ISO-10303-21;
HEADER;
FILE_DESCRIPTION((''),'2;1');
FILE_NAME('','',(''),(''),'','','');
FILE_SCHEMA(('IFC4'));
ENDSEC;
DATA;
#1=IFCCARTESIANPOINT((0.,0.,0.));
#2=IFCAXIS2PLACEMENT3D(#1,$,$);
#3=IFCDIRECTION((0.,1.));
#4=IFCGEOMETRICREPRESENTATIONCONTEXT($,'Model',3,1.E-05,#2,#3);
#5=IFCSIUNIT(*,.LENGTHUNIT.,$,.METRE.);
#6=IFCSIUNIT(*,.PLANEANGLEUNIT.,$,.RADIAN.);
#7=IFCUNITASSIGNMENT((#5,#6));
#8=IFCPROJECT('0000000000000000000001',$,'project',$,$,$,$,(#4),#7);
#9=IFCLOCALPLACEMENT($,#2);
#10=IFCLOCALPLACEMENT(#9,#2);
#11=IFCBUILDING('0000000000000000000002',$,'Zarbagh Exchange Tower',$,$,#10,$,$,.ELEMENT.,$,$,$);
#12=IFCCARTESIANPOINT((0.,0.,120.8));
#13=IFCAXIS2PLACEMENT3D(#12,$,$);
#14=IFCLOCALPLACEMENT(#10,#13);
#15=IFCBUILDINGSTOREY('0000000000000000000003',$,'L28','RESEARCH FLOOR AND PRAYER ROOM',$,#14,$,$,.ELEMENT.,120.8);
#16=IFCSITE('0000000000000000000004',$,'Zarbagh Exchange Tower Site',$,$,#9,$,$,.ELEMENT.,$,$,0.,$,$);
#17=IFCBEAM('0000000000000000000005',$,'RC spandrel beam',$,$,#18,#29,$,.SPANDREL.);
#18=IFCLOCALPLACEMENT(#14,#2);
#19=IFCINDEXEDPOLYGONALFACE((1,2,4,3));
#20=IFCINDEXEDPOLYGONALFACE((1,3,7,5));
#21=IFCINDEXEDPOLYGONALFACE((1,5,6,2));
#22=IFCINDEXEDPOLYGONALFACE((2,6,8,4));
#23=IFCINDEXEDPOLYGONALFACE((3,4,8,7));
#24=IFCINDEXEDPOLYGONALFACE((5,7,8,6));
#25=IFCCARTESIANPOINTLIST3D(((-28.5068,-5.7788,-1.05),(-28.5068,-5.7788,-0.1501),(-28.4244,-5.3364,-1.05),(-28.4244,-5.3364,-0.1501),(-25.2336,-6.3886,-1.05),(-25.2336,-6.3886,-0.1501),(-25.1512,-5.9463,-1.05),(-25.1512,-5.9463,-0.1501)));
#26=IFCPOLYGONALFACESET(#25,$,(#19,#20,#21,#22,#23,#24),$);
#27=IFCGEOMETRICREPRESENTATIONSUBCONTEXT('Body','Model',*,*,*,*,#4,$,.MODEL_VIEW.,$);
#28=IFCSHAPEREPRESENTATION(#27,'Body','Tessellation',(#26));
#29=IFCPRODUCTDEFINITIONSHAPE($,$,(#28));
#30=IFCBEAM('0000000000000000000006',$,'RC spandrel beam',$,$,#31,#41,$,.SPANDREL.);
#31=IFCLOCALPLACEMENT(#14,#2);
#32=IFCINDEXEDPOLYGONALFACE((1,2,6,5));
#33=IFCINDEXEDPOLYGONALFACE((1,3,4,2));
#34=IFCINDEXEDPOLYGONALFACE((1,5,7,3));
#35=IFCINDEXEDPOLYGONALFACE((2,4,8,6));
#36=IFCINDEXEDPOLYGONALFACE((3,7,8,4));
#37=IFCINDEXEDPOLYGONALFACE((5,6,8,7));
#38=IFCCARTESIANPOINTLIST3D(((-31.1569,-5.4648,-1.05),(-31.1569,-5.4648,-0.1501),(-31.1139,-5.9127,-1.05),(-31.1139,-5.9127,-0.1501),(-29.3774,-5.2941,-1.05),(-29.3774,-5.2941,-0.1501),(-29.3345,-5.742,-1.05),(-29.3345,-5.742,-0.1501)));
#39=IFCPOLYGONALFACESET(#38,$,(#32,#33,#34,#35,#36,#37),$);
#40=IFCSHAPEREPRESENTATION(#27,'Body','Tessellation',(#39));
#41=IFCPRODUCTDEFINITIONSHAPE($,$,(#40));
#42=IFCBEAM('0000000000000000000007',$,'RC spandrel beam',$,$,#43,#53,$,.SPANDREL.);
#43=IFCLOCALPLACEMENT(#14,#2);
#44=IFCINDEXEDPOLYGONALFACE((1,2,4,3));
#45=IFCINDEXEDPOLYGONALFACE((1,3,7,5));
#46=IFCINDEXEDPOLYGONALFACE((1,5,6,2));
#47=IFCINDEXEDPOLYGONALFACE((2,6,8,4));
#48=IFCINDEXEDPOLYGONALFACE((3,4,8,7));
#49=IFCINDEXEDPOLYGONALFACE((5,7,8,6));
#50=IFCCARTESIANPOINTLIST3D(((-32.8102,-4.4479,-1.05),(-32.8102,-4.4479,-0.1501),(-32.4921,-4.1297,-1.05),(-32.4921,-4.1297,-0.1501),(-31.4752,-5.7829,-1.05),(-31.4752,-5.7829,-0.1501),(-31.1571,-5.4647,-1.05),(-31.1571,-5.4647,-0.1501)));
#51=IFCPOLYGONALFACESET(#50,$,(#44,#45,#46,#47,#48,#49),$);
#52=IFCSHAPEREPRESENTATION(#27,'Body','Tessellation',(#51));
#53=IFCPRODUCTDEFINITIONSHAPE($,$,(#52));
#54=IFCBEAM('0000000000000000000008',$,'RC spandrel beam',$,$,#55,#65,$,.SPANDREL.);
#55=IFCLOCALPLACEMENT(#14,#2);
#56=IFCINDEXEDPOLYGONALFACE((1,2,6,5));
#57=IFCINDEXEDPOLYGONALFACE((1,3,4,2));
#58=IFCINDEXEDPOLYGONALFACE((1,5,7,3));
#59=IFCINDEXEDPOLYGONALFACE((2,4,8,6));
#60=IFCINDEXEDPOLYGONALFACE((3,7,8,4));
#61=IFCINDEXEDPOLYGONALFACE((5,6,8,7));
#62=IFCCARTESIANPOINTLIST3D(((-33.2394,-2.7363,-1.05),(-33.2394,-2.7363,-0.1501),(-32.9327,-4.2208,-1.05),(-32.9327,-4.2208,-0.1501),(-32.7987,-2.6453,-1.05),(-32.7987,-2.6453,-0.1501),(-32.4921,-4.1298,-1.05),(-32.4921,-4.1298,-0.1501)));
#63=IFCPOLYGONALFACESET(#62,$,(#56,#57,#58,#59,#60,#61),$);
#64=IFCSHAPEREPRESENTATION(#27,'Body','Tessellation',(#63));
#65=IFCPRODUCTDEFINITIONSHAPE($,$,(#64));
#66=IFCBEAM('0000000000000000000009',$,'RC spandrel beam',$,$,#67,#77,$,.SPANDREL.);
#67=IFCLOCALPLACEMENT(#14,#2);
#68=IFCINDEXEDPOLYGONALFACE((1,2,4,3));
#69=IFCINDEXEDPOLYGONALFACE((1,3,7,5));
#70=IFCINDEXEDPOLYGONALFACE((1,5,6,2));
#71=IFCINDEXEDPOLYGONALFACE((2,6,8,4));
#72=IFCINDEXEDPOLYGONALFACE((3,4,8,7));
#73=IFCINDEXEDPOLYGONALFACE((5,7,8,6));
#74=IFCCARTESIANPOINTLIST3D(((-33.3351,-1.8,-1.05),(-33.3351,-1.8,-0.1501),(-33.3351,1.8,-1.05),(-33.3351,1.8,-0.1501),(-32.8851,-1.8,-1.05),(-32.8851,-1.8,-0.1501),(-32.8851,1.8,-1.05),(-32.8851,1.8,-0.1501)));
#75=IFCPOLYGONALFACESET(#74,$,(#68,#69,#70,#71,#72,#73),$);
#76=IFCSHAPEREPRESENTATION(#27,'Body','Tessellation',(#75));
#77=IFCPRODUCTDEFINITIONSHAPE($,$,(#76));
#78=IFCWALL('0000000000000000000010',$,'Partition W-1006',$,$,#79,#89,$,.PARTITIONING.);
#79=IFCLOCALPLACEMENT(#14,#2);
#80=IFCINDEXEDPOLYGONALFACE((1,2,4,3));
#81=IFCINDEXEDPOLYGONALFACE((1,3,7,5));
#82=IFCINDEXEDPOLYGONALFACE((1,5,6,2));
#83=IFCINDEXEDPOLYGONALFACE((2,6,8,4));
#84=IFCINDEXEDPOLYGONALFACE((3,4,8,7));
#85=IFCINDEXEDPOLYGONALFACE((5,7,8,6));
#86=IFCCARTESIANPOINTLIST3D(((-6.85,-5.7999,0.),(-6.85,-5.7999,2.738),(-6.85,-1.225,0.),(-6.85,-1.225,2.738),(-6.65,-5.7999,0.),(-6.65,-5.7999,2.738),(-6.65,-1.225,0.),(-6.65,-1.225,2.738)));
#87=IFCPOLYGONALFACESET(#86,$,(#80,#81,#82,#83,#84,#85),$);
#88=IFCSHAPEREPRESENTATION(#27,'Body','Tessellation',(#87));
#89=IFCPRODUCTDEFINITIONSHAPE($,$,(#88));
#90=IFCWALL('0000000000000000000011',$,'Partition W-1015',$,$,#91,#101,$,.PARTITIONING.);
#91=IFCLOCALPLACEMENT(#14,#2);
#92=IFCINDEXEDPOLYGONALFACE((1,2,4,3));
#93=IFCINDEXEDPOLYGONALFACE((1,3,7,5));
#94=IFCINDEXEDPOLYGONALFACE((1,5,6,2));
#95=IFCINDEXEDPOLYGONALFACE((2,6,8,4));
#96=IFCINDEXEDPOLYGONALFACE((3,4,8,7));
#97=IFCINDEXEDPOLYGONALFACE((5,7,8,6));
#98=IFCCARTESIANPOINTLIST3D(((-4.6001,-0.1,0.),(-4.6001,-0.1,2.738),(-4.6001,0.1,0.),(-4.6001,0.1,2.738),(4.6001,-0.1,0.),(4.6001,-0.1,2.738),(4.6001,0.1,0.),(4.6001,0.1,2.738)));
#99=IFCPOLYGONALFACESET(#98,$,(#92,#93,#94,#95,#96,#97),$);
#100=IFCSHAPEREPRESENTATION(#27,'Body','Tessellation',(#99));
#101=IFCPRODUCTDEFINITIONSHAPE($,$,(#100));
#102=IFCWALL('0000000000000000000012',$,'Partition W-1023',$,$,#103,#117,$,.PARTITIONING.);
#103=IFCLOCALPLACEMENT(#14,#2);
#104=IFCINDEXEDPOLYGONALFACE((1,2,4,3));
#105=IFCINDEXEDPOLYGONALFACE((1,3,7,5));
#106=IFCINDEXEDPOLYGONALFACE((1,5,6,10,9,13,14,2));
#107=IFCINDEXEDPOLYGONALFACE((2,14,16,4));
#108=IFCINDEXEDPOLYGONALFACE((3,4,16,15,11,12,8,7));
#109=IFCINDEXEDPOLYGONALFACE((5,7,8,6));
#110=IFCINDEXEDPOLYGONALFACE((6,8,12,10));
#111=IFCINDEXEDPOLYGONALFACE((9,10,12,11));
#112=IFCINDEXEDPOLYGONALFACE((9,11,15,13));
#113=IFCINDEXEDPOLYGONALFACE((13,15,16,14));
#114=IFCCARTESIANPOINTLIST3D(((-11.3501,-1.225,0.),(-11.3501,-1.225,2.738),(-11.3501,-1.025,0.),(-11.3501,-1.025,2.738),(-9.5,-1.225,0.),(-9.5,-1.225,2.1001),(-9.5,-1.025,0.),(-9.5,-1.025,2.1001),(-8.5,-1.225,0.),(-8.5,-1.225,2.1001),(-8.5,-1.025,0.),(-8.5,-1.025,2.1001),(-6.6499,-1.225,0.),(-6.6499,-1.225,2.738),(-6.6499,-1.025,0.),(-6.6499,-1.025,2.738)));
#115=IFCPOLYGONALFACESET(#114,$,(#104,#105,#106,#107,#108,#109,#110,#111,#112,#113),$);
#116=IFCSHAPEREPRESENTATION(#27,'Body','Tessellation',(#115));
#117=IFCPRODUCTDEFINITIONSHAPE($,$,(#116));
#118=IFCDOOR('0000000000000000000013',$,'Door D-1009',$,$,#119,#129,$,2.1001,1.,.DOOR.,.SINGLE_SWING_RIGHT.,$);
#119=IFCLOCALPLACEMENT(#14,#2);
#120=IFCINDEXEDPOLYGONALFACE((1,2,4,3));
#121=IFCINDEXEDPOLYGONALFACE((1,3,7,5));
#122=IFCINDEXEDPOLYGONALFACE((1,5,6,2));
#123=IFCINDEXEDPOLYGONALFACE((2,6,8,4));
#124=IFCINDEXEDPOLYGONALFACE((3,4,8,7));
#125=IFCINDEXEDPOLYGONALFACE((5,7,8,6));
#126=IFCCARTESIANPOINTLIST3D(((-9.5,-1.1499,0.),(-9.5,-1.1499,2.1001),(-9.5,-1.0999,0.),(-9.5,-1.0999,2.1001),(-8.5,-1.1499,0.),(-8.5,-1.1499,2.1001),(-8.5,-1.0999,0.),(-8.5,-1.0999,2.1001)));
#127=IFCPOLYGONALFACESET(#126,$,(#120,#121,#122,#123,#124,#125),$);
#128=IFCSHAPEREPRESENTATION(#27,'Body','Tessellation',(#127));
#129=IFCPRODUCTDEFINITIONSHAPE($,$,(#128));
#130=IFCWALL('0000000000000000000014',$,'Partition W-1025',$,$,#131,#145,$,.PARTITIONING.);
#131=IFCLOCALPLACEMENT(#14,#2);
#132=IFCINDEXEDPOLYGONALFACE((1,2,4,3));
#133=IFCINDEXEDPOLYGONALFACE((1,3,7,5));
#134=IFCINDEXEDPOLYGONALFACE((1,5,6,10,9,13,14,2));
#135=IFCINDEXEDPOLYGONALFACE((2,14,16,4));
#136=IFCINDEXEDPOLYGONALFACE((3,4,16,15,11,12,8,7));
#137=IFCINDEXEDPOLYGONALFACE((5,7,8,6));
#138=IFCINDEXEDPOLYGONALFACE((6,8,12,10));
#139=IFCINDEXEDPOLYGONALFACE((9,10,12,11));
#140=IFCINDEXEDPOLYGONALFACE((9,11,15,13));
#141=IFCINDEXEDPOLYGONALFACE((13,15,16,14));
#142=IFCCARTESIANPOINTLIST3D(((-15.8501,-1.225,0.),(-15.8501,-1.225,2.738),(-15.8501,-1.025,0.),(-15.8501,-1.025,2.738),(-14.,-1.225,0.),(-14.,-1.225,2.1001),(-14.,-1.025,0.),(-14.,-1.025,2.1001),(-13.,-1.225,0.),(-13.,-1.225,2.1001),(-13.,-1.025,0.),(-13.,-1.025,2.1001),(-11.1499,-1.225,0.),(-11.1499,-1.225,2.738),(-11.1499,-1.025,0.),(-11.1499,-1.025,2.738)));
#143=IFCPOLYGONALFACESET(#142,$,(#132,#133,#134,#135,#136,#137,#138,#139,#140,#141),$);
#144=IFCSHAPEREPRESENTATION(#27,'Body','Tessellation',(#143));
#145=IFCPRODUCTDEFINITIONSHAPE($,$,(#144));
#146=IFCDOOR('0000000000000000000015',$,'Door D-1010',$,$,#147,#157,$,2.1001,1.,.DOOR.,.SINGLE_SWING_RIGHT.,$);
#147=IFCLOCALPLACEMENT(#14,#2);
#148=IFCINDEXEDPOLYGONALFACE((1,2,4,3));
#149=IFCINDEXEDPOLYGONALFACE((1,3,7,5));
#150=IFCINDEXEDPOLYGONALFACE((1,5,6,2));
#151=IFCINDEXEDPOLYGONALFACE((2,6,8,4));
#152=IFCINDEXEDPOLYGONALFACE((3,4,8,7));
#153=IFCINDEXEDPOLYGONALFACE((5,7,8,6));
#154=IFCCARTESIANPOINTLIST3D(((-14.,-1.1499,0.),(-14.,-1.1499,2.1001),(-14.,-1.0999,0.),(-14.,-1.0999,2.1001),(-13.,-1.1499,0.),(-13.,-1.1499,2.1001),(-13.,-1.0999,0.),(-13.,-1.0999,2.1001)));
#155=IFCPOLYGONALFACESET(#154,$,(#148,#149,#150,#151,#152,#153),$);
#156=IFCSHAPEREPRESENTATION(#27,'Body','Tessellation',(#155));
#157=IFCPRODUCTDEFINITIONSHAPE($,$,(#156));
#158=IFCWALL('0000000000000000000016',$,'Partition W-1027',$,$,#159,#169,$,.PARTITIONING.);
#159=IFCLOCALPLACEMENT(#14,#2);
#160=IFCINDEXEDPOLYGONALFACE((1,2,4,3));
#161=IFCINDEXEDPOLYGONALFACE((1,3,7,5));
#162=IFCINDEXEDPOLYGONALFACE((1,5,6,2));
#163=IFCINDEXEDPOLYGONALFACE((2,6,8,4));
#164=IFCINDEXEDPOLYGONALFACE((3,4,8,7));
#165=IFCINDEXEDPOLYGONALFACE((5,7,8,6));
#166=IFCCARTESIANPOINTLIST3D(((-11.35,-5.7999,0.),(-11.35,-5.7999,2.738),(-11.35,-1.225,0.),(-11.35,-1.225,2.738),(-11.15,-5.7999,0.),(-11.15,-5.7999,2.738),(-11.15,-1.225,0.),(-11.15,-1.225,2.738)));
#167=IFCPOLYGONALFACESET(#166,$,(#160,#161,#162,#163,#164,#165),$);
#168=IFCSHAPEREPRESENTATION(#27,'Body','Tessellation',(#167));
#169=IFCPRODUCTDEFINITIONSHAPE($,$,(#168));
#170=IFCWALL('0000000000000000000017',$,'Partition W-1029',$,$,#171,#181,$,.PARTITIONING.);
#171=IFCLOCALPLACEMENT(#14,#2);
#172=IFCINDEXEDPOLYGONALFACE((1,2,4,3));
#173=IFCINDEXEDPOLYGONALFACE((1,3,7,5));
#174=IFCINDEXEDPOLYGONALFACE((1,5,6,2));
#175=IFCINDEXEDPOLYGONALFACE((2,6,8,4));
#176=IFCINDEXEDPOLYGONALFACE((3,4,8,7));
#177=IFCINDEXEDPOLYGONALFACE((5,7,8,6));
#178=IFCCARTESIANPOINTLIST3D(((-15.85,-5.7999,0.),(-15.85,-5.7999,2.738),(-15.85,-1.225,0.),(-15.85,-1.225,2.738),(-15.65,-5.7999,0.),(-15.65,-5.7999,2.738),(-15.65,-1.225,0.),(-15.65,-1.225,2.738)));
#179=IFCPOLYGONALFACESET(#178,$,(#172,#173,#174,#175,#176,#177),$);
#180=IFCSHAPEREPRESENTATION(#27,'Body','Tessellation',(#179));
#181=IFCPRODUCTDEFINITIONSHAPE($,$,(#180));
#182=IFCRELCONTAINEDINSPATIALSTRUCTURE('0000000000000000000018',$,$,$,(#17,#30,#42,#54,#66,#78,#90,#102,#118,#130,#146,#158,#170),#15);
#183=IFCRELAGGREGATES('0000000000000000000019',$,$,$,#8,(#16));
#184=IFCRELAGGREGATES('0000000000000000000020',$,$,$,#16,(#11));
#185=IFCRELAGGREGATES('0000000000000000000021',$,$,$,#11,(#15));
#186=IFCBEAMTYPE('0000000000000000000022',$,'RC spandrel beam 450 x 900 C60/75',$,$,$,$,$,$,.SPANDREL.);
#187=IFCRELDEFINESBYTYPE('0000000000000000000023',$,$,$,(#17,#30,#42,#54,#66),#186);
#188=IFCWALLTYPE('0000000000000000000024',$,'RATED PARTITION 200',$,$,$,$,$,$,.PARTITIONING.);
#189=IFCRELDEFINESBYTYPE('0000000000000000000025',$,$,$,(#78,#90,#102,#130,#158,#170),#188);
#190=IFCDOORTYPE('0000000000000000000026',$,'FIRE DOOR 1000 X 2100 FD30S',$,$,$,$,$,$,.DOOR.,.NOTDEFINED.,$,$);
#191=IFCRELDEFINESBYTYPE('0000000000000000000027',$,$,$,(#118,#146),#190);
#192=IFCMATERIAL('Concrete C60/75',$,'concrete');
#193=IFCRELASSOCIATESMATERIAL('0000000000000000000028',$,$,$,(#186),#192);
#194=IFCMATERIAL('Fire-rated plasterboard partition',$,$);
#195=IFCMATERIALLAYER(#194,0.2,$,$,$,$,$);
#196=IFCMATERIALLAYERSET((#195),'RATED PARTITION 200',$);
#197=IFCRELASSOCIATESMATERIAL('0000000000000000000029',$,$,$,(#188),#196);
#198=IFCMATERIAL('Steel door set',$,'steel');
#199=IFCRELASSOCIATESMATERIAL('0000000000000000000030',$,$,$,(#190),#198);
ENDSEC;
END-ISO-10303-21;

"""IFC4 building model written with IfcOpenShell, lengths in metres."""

from ifc_helpers import new_model, si_unit, direction, frame, frame_2d, origin, origin_2d, place, context, subcontext, project, spatial, rectangle, extrude, material, layer, layer_set, material_profile, profile_set, type_object, element, fill, save


model = new_model("IFC4")

# Units and contexts
model_context = context("Model", 3, precision=1e-05, world=origin(), true_north=direction((0.0, 1.0)))
body_context = subcontext(model_context, "Body", "Model", "MODEL_VIEW")
ifc_project = project(units=[si_unit("LENGTHUNIT", "METRE"), si_unit("PLANEANGLEUNIT", "RADIAN")], contexts=[model_context])

# Site, building, storey
site_placement = place(None, origin())
site = spatial("IfcSite", under=ifc_project, at=site_placement, Name="Zarbagh Exchange Tower Site", CompositionType="ELEMENT", RefElevation=0.0)
building_placement = place(site_placement, origin())
building = spatial("IfcBuilding", under=site, at=building_placement, Name="Zarbagh Exchange Tower", CompositionType="ELEMENT")
storey_placement = place(building_placement, frame((0.0, 0.0, 120.8)))
storey = spatial("IfcBuildingStorey", under=building, at=storey_placement, Name="L28", Description="RESEARCH FLOOR AND PRAYER ROOM", CompositionType="ELEMENT", Elevation=120.8)

# Shared definitions
ifc_material_1 = material(Name="Concrete C60/75", Category="concrete")

# Beams
ifc_material_profile_1 = material_profile(ifc_material_1, rectangle(XDim=0.45, YDim=0.8999, at=origin_2d()), Name="RC spandrel beam 450 x 900 C60/75")
ifc_profile_set_1 = profile_set([ifc_material_profile_1], Name="Concrete C60/75")
beam_type_1 = type_object("IfcBeamType", Name="RC spandrel beam 450 x 900 C60/75", PredefinedType="SPANDREL", material=ifc_profile_set_1)
beam_1_placement = place(storey_placement, frame((-25.1924, -6.1675, -0.6001), z_axis=(-0.983082, 0.183168, 0.0), x_axis=(-0.183168, -0.983082, 0.0)))
element("IfcBeam", 1, at=beam_1_placement, inside=storey, type_object=beam_type_1, Name="RC spandrel beam", PredefinedType="SPANDREL", context=body_context, shape_type="SweptSolid", body=[
    extrude(rectangle(XDim=0.45, YDim=0.8999, at=origin_2d()), origin(), (0.0, 0.0, 1.0), 3.3296),
])
beam_2_placement = place(storey_placement, frame((-29.356, -5.5181, -0.6001), z_axis=(-0.995433, -0.09546, 0.0), x_axis=(0.09546, -0.995433, 0.0)))
element("IfcBeam", 2, at=beam_2_placement, inside=storey, type_object=beam_type_1, Name="RC spandrel beam", PredefinedType="SPANDREL", context=body_context, shape_type="SweptSolid", body=[
    extrude(rectangle(XDim=0.45, YDim=0.8999, at=origin_2d()), origin(), (0.0, 0.0, 1.0), 1.7876),
])
beam_3_placement = place(storey_placement, frame((-31.3162, -5.6238, -0.6001), z_axis=(-0.707107, 0.707107, 0.0), x_axis=(-0.707107, -0.707107, 0.0)))
element("IfcBeam", 3, at=beam_3_placement, inside=storey, type_object=beam_type_1, Name="RC spandrel beam", PredefinedType="SPANDREL", context=body_context, shape_type="SweptSolid", body=[
    extrude(rectangle(XDim=0.45, YDim=0.8999, at=origin_2d()), origin(), (0.0, 0.0, 1.0), 1.8879),
])
beam_4_placement = place(storey_placement, frame((-32.7124, -4.1753, -0.6001), z_axis=(-0.202275, 0.979329, 0.0), x_axis=(-0.979329, -0.202275, 0.0)))
element("IfcBeam", 4, at=beam_4_placement, inside=storey, type_object=beam_type_1, Name="RC spandrel beam", PredefinedType="SPANDREL", context=body_context, shape_type="SweptSolid", body=[
    extrude(rectangle(XDim=0.45, YDim=0.8999, at=origin_2d()), origin(), (0.0, 0.0, 1.0), 1.5159),
])
beam_5_placement = place(storey_placement, frame((-33.1101, -1.8, -0.6001), z_axis=(0.0, 1.0, 0.0), x_axis=(-1.0, 0.0, 0.0)))
element("IfcBeam", 5, at=beam_5_placement, inside=storey, type_object=beam_type_1, Name="RC spandrel beam", PredefinedType="SPANDREL", context=body_context, shape_type="SweptSolid", body=[
    extrude(rectangle(XDim=0.45, YDim=0.8999, at=origin_2d()), origin(), (0.0, 0.0, 1.0), 3.6001),
])

# Walls
ifc_material_2 = material(Name="Fire-rated plasterboard partition")
ifc_layer = layer(ifc_material_2, 0.2)
ifc_layer_set = layer_set([ifc_layer], Name="RATED PARTITION 200")
wall_type = type_object("IfcWallType", Name="RATED PARTITION 200", PredefinedType="PARTITIONING", material=ifc_layer_set)
wall_1_placement = place(storey_placement, frame((-6.75, -5.8, 0.0), z_axis=(0.0, 0.0, 1.0), x_axis=(0.0, 1.0, 0.0)))
element("IfcWall", 6, at=wall_1_placement, inside=storey, type_object=wall_type, Name="Partition W-1006", PredefinedType="PARTITIONING", context=body_context, shape_type="SweptSolid", body=[
    extrude(rectangle(XDim=4.575, YDim=0.2, at=frame_2d((2.2876, 0.0))), origin(), (0.0, 0.0, 1.0), 2.738),
])
wall_2_placement = place(storey_placement, frame((-4.6001, 0.0, 0.0), z_axis=(0.0, 0.0, 1.0), x_axis=(1.0, 0.0, 0.0)))
element("IfcWall", 7, at=wall_2_placement, inside=storey, type_object=wall_type, Name="Partition W-1015", PredefinedType="PARTITIONING", context=body_context, shape_type="SweptSolid", body=[
    extrude(rectangle(XDim=9.2002, YDim=0.2, at=frame_2d((4.6001, 0.0))), origin(), (0.0, 0.0, 1.0), 2.738),
])

# Walls, openings, doors
wall_3_placement = place(storey_placement, frame((-6.6499, -1.125, 0.0), z_axis=(0.0, 0.0, 1.0), x_axis=(-1.0, 0.0, 0.0)))
wall_3 = element("IfcWall", 8, at=wall_3_placement, inside=storey, type_object=wall_type, Name="Partition W-1023", PredefinedType="PARTITIONING", context=body_context, shape_type="SweptSolid", body=[
    extrude(rectangle(XDim=4.7002, YDim=0.2, at=frame_2d((2.3501, 0.0))), origin(), (0.0, 0.0, 1.0), 2.738),
])
opening_1_placement = place(wall_3_placement, frame((1.8501, 0.0, 0.0)))
opening_1 = element("IfcOpeningElement", 9, at=opening_1_placement, cuts=wall_3, PredefinedType="OPENING", context=body_context, shape_type="SweptSolid", body=[
    extrude(rectangle(XDim=1.0, YDim=2.1001, at=frame_2d((0.5, 1.05))), frame((0.0, 0.1099, 0.0), z_axis=(0.0, -1.0, 0.0), x_axis=(1.0, 0.0, 0.0)), (0.0, 0.0, 1.0), 0.22),
])
ifc_material_3 = material(Name="Steel door set", Category="steel")
door_type = type_object("IfcDoorType", Name="FIRE DOOR 1000 X 2100 FD30S", OperationType="NOTDEFINED", PredefinedType="DOOR", material=ifc_material_3)
door_1_placement = place(opening_1_placement, origin())
door_1 = element("IfcDoor", 10, at=door_1_placement, inside=storey, type_object=door_type, Name="Door D-1009", OperationType="SINGLE_SWING_RIGHT", OverallHeight=2.1001, OverallWidth=1.0, PredefinedType="DOOR", context=body_context, shape_type="SweptSolid", body=[
    extrude(rectangle(XDim=1.0, YDim=2.1001, at=frame_2d((0.5, 1.05))), frame((0.0, 0.0249, 0.0), z_axis=(0.0, -1.0, 0.0), x_axis=(1.0, 0.0, 0.0)), (0.0, 0.0, 1.0), 0.05),
])
fill(opening_1, door_1)
wall_4_placement = place(storey_placement, frame((-11.1499, -1.125, 0.0), z_axis=(0.0, 0.0, 1.0), x_axis=(-1.0, 0.0, 0.0)))
wall_4 = element("IfcWall", 11, at=wall_4_placement, inside=storey, type_object=wall_type, Name="Partition W-1025", PredefinedType="PARTITIONING", context=body_context, shape_type="SweptSolid", body=[
    extrude(rectangle(XDim=4.7002, YDim=0.2, at=frame_2d((2.3501, 0.0))), origin(), (0.0, 0.0, 1.0), 2.738),
])
opening_2_placement = place(wall_4_placement, frame((1.8501, 0.0, 0.0)))
opening_2 = element("IfcOpeningElement", 12, at=opening_2_placement, cuts=wall_4, PredefinedType="OPENING", context=body_context, shape_type="SweptSolid", body=[
    extrude(rectangle(XDim=1.0, YDim=2.1001, at=frame_2d((0.5, 1.05))), frame((0.0, 0.1099, 0.0), z_axis=(0.0, -1.0, 0.0), x_axis=(1.0, 0.0, 0.0)), (0.0, 0.0, 1.0), 0.22),
])
door_2_placement = place(opening_2_placement, origin())
door_2 = element("IfcDoor", 13, at=door_2_placement, inside=storey, type_object=door_type, Name="Door D-1010", OperationType="SINGLE_SWING_RIGHT", OverallHeight=2.1001, OverallWidth=1.0, PredefinedType="DOOR", context=body_context, shape_type="SweptSolid", body=[
    extrude(rectangle(XDim=1.0, YDim=2.1001, at=frame_2d((0.5, 1.05))), frame((0.0, 0.0249, 0.0), z_axis=(0.0, -1.0, 0.0), x_axis=(1.0, 0.0, 0.0)), (0.0, 0.0, 1.0), 0.05),
])
fill(opening_2, door_2)

# Walls
for number, where, z_axis, x_axis, name in (
    (14, (-11.25, -5.8, 0.0), (0.0, 0.0, 1.0), (0.0, 1.0, 0.0), "Partition W-1027"),
    (15, (-15.75, -5.8, 0.0), (0.0, 0.0, 1.0), (0.0, 1.0, 0.0), "Partition W-1029"),
):
    element("IfcWall", number, at=place(storey_placement, frame(where, z_axis=z_axis, x_axis=x_axis)), inside=storey, type_object=wall_type, Name=name, PredefinedType="PARTITIONING", context=body_context, shape_type="SweptSolid", body=[
        extrude(rectangle(XDim=4.575, YDim=0.2, at=frame_2d((2.2876, 0.0))), origin(), (0.0, 0.0, 1.0), 2.738),
    ])

save(model, "model.ifc")
